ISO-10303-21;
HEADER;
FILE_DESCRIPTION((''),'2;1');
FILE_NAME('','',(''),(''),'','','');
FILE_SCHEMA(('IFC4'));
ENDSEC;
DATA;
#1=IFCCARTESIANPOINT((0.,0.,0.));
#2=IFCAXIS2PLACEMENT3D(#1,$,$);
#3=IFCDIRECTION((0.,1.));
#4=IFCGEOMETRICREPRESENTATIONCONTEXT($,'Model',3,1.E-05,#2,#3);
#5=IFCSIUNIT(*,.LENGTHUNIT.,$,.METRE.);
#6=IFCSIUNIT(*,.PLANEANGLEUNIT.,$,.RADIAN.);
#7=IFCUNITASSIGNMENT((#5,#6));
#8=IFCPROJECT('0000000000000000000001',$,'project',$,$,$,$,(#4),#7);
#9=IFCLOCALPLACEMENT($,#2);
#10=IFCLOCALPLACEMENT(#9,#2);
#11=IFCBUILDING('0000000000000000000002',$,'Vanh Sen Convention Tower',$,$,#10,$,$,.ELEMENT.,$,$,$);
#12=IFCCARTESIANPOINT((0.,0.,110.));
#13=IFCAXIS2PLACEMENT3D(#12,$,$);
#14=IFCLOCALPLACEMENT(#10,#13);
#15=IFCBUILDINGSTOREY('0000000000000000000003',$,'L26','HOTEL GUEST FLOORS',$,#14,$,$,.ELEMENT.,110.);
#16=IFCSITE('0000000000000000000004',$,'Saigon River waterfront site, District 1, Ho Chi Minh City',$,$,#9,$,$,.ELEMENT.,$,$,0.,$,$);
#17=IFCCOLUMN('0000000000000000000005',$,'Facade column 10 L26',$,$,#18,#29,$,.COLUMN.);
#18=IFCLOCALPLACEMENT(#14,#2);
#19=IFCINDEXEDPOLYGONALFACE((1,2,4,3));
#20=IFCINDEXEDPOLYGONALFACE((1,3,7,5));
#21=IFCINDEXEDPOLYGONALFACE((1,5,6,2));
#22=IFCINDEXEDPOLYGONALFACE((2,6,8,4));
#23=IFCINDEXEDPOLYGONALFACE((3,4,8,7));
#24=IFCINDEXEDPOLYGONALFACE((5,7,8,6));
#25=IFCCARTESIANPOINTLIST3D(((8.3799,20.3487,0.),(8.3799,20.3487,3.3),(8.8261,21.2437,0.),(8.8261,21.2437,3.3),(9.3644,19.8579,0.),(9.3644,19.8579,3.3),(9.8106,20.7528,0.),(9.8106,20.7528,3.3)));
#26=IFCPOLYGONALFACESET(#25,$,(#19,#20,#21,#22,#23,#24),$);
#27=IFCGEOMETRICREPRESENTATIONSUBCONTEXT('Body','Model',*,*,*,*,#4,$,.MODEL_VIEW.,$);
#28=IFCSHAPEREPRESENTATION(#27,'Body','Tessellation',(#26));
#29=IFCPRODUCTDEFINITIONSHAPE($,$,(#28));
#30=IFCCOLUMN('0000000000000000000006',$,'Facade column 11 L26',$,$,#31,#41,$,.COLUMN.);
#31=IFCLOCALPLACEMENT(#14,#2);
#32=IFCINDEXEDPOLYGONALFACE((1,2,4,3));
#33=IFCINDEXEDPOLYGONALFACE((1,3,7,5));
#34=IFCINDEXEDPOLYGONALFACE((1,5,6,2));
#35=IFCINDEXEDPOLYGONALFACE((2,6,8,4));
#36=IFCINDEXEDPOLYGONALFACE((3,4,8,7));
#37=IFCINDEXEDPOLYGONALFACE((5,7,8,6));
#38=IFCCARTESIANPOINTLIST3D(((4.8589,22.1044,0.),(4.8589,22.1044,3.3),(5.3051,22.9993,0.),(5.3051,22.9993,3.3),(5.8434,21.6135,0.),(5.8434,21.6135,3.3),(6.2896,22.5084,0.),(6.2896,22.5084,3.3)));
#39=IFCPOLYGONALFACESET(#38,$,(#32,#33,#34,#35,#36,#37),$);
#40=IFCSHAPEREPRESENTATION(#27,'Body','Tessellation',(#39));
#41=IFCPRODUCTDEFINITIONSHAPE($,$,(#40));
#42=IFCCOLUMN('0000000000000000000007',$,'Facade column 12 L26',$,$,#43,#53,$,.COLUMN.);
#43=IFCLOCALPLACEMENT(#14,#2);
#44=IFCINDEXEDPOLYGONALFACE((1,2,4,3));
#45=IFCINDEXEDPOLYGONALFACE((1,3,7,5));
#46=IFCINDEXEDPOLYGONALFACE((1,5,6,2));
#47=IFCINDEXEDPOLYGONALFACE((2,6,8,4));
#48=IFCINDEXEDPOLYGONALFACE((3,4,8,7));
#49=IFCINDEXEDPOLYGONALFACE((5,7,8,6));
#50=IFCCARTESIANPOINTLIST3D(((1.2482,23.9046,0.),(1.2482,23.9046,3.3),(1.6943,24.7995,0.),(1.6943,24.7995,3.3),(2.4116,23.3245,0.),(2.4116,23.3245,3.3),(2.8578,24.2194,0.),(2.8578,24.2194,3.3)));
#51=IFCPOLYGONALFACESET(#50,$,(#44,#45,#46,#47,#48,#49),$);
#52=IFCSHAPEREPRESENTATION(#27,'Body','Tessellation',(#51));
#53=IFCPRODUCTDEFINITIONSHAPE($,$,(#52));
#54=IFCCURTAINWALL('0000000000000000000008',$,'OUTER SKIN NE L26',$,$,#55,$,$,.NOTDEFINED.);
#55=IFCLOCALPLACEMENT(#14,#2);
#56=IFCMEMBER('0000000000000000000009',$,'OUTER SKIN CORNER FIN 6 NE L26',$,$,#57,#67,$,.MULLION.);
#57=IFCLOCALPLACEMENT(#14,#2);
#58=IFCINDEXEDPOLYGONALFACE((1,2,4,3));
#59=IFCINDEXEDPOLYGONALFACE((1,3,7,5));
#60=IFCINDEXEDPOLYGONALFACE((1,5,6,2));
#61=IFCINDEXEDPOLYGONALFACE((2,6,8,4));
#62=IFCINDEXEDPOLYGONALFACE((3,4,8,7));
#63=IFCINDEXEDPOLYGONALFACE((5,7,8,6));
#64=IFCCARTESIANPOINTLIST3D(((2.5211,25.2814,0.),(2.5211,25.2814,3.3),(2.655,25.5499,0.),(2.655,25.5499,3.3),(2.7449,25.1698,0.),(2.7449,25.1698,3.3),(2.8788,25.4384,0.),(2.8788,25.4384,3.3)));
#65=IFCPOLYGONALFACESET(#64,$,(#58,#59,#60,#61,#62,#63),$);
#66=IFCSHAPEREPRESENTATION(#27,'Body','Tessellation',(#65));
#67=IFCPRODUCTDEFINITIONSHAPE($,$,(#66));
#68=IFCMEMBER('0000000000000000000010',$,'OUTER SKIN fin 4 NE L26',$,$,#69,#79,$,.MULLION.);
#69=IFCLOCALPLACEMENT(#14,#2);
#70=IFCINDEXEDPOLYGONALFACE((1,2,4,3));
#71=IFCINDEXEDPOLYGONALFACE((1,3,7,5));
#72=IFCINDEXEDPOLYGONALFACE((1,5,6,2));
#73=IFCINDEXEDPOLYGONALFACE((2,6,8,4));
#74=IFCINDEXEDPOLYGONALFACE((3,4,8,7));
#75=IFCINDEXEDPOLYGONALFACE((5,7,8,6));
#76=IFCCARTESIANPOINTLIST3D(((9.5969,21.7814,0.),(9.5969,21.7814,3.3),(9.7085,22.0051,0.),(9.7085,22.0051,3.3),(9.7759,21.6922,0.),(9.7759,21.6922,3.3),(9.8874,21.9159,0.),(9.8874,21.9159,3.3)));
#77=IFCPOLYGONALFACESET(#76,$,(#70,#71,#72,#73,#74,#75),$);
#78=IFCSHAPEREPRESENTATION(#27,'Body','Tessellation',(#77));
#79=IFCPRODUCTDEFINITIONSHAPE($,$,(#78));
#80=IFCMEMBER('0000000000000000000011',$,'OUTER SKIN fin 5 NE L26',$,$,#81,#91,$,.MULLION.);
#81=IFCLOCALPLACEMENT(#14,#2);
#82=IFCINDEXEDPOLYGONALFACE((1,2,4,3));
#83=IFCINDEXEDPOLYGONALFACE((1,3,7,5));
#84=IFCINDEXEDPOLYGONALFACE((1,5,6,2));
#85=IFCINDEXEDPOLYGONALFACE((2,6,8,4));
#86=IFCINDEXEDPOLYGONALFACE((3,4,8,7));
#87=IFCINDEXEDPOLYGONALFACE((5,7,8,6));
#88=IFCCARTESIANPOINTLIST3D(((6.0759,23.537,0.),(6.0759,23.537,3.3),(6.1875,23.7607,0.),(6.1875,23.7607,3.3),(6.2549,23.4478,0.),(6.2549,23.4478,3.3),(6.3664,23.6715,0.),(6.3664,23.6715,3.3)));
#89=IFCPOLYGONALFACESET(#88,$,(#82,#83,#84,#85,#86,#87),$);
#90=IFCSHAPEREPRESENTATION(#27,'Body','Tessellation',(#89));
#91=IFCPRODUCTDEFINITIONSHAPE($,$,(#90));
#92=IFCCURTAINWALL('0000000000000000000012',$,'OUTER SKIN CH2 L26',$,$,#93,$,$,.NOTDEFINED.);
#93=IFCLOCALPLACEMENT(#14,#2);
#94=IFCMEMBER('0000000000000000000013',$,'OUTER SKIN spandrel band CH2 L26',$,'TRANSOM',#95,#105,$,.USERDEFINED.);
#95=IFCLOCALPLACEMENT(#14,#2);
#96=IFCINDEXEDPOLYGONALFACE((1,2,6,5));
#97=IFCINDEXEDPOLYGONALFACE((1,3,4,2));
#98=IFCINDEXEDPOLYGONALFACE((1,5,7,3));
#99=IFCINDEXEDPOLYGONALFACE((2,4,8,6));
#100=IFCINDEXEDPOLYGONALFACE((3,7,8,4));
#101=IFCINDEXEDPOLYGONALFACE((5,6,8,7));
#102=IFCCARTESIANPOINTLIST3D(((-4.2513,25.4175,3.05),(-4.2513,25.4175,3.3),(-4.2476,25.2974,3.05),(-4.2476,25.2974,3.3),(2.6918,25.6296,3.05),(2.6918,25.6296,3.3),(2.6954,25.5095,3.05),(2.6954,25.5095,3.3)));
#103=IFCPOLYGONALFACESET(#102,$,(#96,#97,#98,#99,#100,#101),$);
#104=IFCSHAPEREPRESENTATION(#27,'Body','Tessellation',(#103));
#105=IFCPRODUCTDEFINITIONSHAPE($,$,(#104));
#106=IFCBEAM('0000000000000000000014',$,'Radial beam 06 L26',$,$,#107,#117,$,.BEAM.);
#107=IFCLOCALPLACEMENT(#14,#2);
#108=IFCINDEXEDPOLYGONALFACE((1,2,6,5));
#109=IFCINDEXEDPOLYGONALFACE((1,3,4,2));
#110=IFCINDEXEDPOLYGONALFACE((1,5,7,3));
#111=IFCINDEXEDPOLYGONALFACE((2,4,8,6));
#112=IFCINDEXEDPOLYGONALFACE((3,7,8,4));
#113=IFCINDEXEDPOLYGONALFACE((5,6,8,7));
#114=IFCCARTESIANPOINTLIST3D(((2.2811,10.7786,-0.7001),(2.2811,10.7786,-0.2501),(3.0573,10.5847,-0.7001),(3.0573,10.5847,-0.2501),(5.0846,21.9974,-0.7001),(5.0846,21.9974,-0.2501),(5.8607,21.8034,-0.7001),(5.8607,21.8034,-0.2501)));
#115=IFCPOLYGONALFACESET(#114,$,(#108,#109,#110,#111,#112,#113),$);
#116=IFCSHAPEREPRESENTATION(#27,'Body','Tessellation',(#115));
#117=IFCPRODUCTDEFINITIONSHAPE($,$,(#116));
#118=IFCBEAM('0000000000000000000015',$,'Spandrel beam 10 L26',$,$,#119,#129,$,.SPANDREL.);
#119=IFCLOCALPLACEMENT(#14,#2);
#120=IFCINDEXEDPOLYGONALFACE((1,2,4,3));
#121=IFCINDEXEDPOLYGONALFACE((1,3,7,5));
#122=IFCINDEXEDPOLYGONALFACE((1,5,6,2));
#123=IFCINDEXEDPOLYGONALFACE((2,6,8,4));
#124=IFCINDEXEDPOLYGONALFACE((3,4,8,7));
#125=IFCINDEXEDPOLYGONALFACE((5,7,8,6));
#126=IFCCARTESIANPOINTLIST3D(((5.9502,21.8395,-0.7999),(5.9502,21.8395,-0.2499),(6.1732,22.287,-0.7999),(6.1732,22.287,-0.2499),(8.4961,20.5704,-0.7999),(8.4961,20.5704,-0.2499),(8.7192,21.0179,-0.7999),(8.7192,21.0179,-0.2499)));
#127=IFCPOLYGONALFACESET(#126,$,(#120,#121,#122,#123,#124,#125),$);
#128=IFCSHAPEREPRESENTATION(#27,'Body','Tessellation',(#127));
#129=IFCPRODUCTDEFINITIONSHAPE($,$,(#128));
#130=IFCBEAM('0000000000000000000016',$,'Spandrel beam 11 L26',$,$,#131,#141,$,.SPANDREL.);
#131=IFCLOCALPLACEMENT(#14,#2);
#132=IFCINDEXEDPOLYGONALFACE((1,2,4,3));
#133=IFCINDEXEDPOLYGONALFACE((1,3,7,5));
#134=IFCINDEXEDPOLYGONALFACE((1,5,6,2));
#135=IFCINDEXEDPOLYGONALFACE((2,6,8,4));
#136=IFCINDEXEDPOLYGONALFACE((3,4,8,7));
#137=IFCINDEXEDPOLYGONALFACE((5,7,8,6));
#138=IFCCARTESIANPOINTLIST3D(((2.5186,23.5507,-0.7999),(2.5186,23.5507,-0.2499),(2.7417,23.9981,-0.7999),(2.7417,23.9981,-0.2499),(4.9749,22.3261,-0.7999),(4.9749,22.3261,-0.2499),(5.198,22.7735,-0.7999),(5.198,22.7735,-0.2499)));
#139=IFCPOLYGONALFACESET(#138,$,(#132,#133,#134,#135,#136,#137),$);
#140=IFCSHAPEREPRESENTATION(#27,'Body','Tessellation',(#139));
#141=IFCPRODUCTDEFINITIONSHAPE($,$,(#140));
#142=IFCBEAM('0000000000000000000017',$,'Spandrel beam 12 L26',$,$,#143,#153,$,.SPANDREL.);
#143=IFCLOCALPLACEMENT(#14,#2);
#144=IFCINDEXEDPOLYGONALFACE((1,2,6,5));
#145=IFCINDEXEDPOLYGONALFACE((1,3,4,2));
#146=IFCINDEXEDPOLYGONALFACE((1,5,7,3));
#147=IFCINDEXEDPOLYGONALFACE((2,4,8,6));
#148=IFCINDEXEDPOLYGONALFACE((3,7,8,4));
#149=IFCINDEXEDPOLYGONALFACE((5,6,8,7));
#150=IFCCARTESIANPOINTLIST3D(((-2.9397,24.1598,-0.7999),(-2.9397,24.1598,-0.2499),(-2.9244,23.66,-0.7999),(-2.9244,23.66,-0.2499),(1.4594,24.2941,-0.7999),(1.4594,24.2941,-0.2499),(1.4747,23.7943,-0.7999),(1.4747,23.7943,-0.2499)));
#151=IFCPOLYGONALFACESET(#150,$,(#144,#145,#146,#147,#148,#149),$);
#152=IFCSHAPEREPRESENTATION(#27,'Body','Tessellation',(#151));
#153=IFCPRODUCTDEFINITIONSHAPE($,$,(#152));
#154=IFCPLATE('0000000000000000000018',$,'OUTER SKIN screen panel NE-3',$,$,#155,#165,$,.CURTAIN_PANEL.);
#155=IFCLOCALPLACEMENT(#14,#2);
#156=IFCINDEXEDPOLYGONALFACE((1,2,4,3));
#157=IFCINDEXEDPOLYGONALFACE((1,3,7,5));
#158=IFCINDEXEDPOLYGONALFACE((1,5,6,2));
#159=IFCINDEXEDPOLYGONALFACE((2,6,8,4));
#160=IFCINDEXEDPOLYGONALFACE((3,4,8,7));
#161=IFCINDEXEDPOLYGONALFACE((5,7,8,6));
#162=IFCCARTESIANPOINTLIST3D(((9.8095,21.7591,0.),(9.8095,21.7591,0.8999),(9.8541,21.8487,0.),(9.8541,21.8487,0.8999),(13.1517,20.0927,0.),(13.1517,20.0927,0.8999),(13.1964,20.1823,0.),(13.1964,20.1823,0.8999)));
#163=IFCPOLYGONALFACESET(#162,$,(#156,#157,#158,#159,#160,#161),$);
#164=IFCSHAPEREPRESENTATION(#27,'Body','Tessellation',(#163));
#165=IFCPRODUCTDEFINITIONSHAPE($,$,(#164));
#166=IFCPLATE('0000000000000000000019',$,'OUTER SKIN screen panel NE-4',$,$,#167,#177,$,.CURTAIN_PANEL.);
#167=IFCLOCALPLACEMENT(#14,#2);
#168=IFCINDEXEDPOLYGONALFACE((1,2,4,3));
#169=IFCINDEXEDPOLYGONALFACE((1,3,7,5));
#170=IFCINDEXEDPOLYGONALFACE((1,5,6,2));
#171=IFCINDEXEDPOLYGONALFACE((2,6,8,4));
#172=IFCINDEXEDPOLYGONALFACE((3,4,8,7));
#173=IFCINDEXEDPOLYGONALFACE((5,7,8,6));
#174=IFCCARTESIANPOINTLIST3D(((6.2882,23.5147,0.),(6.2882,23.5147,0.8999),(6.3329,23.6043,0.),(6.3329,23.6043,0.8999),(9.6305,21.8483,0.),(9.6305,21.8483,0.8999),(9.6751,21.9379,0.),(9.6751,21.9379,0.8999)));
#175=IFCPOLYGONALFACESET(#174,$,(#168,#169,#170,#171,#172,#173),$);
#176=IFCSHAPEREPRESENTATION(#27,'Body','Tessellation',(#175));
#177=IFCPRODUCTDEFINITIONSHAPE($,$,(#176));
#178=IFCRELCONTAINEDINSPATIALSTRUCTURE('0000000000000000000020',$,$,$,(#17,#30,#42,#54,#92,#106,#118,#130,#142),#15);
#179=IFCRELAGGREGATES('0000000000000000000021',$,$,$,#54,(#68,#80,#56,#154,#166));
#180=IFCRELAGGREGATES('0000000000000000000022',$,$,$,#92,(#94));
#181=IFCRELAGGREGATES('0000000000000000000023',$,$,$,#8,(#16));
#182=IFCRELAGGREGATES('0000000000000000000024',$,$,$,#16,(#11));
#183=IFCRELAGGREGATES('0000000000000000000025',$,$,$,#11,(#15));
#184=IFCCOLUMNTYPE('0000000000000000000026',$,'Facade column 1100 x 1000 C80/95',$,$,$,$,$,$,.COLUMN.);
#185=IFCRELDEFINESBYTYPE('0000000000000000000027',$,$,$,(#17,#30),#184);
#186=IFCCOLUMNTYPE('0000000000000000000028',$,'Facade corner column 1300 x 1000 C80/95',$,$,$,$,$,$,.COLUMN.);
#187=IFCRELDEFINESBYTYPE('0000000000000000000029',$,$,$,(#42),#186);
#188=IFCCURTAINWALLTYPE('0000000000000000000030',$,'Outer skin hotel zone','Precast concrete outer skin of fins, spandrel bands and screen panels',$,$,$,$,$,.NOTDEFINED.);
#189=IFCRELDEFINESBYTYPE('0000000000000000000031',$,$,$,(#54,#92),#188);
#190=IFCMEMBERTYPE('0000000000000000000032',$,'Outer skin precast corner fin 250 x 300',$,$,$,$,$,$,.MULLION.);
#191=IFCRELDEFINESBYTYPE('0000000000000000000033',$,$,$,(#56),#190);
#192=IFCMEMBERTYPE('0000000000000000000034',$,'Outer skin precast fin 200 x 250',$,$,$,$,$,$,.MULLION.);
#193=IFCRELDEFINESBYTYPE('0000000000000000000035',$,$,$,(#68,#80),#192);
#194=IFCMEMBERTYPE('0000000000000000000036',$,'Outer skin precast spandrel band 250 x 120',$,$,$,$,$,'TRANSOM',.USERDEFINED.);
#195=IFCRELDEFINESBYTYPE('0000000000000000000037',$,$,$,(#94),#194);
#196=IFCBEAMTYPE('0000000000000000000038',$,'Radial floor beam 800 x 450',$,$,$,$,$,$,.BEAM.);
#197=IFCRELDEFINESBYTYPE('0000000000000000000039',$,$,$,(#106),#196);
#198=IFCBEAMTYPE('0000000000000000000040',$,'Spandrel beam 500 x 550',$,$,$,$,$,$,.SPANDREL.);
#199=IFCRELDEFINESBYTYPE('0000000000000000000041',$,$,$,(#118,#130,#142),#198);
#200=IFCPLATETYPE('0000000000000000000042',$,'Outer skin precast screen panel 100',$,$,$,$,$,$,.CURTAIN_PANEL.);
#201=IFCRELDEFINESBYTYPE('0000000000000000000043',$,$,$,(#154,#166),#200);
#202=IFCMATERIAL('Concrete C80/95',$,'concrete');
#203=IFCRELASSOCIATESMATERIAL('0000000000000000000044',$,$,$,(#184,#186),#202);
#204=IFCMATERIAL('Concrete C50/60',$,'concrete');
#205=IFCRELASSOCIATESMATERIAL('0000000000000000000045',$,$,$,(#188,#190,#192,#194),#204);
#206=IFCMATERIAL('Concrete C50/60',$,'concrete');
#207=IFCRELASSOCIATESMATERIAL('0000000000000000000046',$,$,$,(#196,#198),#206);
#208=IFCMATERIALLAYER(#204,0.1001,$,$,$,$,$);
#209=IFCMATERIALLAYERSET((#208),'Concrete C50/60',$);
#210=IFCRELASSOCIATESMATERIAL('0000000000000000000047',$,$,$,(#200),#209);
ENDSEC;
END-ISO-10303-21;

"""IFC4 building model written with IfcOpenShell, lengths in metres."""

from ifc_helpers import new_model, si_unit, direction, frame, origin, origin_2d, place, context, subcontext, project, spatial, rectangle, extrude, material, layer, layer_set, material_profile, profile_set, type_object, element, aggregate, save


model = new_model("IFC4")

# Units and contexts
model_context = context("Model", 3, precision=1e-05, world=origin(), true_north=direction((0.0, 1.0)))
body_context = subcontext(model_context, "Body", "Model", "MODEL_VIEW")
ifc_project = project(units=[si_unit("LENGTHUNIT", "METRE"), si_unit("PLANEANGLEUNIT", "RADIAN")], contexts=[model_context])

# Site, building, storey
site_placement = place(None, origin())
site = spatial("IfcSite", under=ifc_project, at=site_placement, Name="Saigon River waterfront site, District 1, Ho Chi Minh City", CompositionType="ELEMENT", RefElevation=0.0)
building_placement = place(site_placement, origin())
building = spatial("IfcBuilding", under=site, at=building_placement, Name="Vanh Sen Convention Tower", CompositionType="ELEMENT")
storey_placement = place(building_placement, frame((0.0, 0.0, 110.0)))
storey = spatial("IfcBuildingStorey", under=building, at=storey_placement, Name="L26", Description="HOTEL GUEST FLOORS", CompositionType="ELEMENT", Elevation=110.0)

# Columns
ifc_material_1 = material(Name="Concrete C80/95", Category="concrete")
ifc_material_profile_1 = material_profile(ifc_material_1, rectangle(XDim=1.1001, YDim=1.0, at=origin_2d()), Name="RC 1100X1000")
ifc_profile_set_1 = profile_set([ifc_material_profile_1], Name="Concrete C80/95")
column_type_1 = type_object("IfcColumnType", Name="Facade column 1100 x 1000 C80/95", PredefinedType="COLUMN", material=ifc_profile_set_1)
for number, where, z_axis, x_axis, name in (
    (1, (9.0952, 20.5508, 0.0), (0.0, 0.0, 1.0), (-0.894934, 0.446198, 0.0), "Facade column 10 L26"),
    (2, (5.5742, 22.3064, 0.0), (0.0, 0.0, 1.0), (-0.894934, 0.446198, 0.0), "Facade column 11 L26"),
):
    element("IfcColumn", number, at=place(storey_placement, frame(where, z_axis=z_axis, x_axis=x_axis)), inside=storey, type_object=column_type_1, Name=name, PredefinedType="COLUMN", context=body_context, shape_type="SweptSolid", body=[
        extrude(rectangle(XDim=1.1001, YDim=1.0, at=origin_2d()), origin(), (0.0, 0.0, 1.0), 3.3),
    ])
ifc_material_profile_2 = material_profile(ifc_material_1, rectangle(XDim=1.3, YDim=1.0, at=origin_2d()), Name="RC 1300X1000")
ifc_profile_set_2 = profile_set([ifc_material_profile_2], Name="Concrete C80/95")
column_type_2 = type_object("IfcColumnType", Name="Facade corner column 1300 x 1000 C80/95", PredefinedType="COLUMN", material=ifc_profile_set_2)
column_placement = place(storey_placement, frame((2.053, 24.062, 0.0), z_axis=(0.0, 0.0, 1.0), x_axis=(-0.894934, 0.446198, 0.0)))
element("IfcColumn", 3, at=column_placement, inside=storey, type_object=column_type_2, Name="Facade column 12 L26", PredefinedType="COLUMN", context=body_context, shape_type="SweptSolid", body=[
    extrude(rectangle(XDim=1.3, YDim=1.0, at=origin_2d()), origin(), (0.0, 0.0, 1.0), 3.3),
])

# Curtain wall, members
ifc_material_2 = material(Name="Concrete C50/60", Category="concrete")
curtain_wall_type = type_object("IfcCurtainWallType", Name="Outer skin hotel zone", Description="Precast concrete outer skin of fins, spandrel bands and screen panels", PredefinedType="NOTDEFINED", material=ifc_material_2)
curtain_wall_1_placement = place(storey_placement, origin())
curtain_wall_1 = element("IfcCurtainWall", 4, at=curtain_wall_1_placement, inside=storey, type_object=curtain_wall_type, Name="OUTER SKIN NE L26", PredefinedType="NOTDEFINED")
ifc_material_profile_3 = material_profile(ifc_material_2, rectangle(XDim=0.25, YDim=0.3, at=origin_2d()), Name="Outer skin precast corner fin 250 x 300")
ifc_profile_set_3 = profile_set([ifc_material_profile_3], Name="Concrete C50/60")
member_type_1 = type_object("IfcMemberType", Name="Outer skin precast corner fin 250 x 300", PredefinedType="MULLION", material=ifc_profile_set_3)
member_1_placement = place(storey_placement, frame((2.7, 25.3599, 0.0), z_axis=(0.0, 0.0, 1.0), x_axis=(-0.894934, 0.446198, 0.0)))
member_1 = element("IfcMember", 5, at=member_1_placement, type_object=member_type_1, Name="OUTER SKIN CORNER FIN 6 NE L26", PredefinedType="MULLION", context=body_context, shape_type="SweptSolid", body=[
    extrude(rectangle(XDim=0.25, YDim=0.3, at=origin_2d()), origin(), (0.0, 0.0, 1.0), 3.3),
])
ifc_material_profile_4 = material_profile(ifc_material_2, rectangle(XDim=0.2, YDim=0.25, at=origin_2d()), Name="Outer skin precast fin 200 x 250")
ifc_profile_set_4 = profile_set([ifc_material_profile_4], Name="Concrete C50/60")
member_type_2 = type_object("IfcMemberType", Name="Outer skin precast fin 200 x 250", PredefinedType="MULLION", material=ifc_profile_set_4)
member_2_placement = place(storey_placement, frame((9.7422, 21.8486, 0.0), z_axis=(0.0, 0.0, 1.0), x_axis=(-0.894934, 0.446198, 0.0)))
member_2 = element("IfcMember", 6, at=member_2_placement, type_object=member_type_2, Name="OUTER SKIN fin 4 NE L26", PredefinedType="MULLION", context=body_context, shape_type="SweptSolid", body=[
    extrude(rectangle(XDim=0.2, YDim=0.25, at=origin_2d()), origin(), (0.0, 0.0, 1.0), 3.3),
])
member_3_placement = place(storey_placement, frame((6.2212, 23.6042, 0.0), z_axis=(0.0, 0.0, 1.0), x_axis=(-0.894934, 0.446198, 0.0)))
member_3 = element("IfcMember", 7, at=member_3_placement, type_object=member_type_2, Name="OUTER SKIN fin 5 NE L26", PredefinedType="MULLION", context=body_context, shape_type="SweptSolid", body=[
    extrude(rectangle(XDim=0.2, YDim=0.25, at=origin_2d()), origin(), (0.0, 0.0, 1.0), 3.3),
])

# Curtain wall, member
curtain_wall_2_placement = place(storey_placement, origin())
curtain_wall_2 = element("IfcCurtainWall", 8, at=curtain_wall_2_placement, inside=storey, type_object=curtain_wall_type, Name="OUTER SKIN CH2 L26", PredefinedType="NOTDEFINED")
ifc_material_profile_5 = material_profile(ifc_material_2, rectangle(XDim=0.1201, YDim=0.25, at=origin_2d()), Name="Outer skin precast spandrel band 250 x 120")
ifc_profile_set_5 = profile_set([ifc_material_profile_5], Name="Concrete C50/60")
member_type_3 = type_object("IfcMemberType", Name="Outer skin precast spandrel band 250 x 120", ElementType="TRANSOM", PredefinedType="USERDEFINED", material=ifc_profile_set_5)
member_4_placement = place(storey_placement, frame((2.6936, 25.5696, 3.175), z_axis=(-0.999533, -0.030542, 0.0), x_axis=(0.030542, -0.999533, 0.0)))
member_4 = element("IfcMember", 9, at=member_4_placement, type_object=member_type_3, Name="OUTER SKIN spandrel band CH2 L26", ObjectType="TRANSOM", PredefinedType="USERDEFINED", context=body_context, shape_type="SweptSolid", body=[
    extrude(rectangle(XDim=0.1201, YDim=0.25, at=origin_2d()), origin(), (0.0, 0.0, 1.0), 6.9463),
])

# Beams
ifc_material_3 = material(Name="Concrete C50/60", Category="concrete")
ifc_material_profile_6 = material_profile(ifc_material_3, rectangle(XDim=0.8, YDim=0.45, at=origin_2d()), Name="RC 800X450")
ifc_profile_set_6 = profile_set([ifc_material_profile_6], Name="Concrete C50/60")
beam_type_1 = type_object("IfcBeamType", Name="Radial floor beam 800 x 450", PredefinedType="BEAM", material=ifc_profile_set_6)
beam_1_placement = place(storey_placement, frame((5.4727, 21.9004, -0.4751), z_axis=(-0.242436, -0.970167, 0.0), x_axis=(0.970167, -0.242436, 0.0)))
element("IfcBeam", 10, at=beam_1_placement, inside=storey, type_object=beam_type_1, Name="Radial beam 06 L26", PredefinedType="BEAM", context=body_context, shape_type="SweptSolid", body=[
    extrude(rectangle(XDim=0.8, YDim=0.45, at=origin_2d()), origin(), (0.0, 0.0, 1.0), 11.5637),
])
ifc_material_profile_7 = material_profile(ifc_material_3, rectangle(XDim=0.5, YDim=0.55, at=origin_2d()), Name="RC 500X550")
ifc_profile_set_7 = profile_set([ifc_material_profile_7], Name="Concrete C50/60")
beam_type_2 = type_object("IfcBeamType", Name="Spandrel beam 500 x 550", PredefinedType="SPANDREL", material=ifc_profile_set_7)
beam_2_placement = place(storey_placement, frame((8.6077, 20.7942, -0.5249), z_axis=(-0.894976, 0.446115, 0.0), x_axis=(-0.446115, -0.894976, 0.0)))
element("IfcBeam", 11, at=beam_2_placement, inside=storey, type_object=beam_type_2, Name="Spandrel beam 10 L26", PredefinedType="SPANDREL", context=body_context, shape_type="SweptSolid", body=[
    extrude(rectangle(XDim=0.5, YDim=0.55, at=origin_2d()), origin(), (0.0, 0.0, 1.0), 2.8447),
])
beam_3_placement = place(storey_placement, frame((5.0864, 22.5498, -0.5249), z_axis=(-0.894943, 0.446181, 0.0), x_axis=(-0.446181, -0.894943, 0.0)))
element("IfcBeam", 12, at=beam_3_placement, inside=storey, type_object=beam_type_2, Name="Spandrel beam 11 L26", PredefinedType="SPANDREL", context=body_context, shape_type="SweptSolid", body=[
    extrude(rectangle(XDim=0.5, YDim=0.55, at=origin_2d()), origin(), (0.0, 0.0, 1.0), 2.7446),
])
beam_4_placement = place(storey_placement, frame((1.467, 24.0442, -0.5249), z_axis=(-0.999534, -0.030509, 0.0), x_axis=(0.030509, -0.999534, 0.0)))
element("IfcBeam", 13, at=beam_4_placement, inside=storey, type_object=beam_type_2, Name="Spandrel beam 12 L26", PredefinedType="SPANDREL", context=body_context, shape_type="SweptSolid", body=[
    extrude(rectangle(XDim=0.5, YDim=0.55, at=origin_2d()), origin(), (0.0, 0.0, 1.0), 4.4011),
])

# Plates
ifc_layer_1 = layer(ifc_material_2, 0.1001)
ifc_layer_set_1 = layer_set([ifc_layer_1], Name="Concrete C50/60")
plate_type = type_object("IfcPlateType", Name="Outer skin precast screen panel 100", PredefinedType="CURTAIN_PANEL", material=ifc_layer_set_1)
plate_1_placement = place(storey_placement, frame((11.5029, 20.9707, 0.0), z_axis=(0.0, 0.0, 1.0), x_axis=(-0.894935, 0.446196, 0.0)))
plate_1 = element("IfcPlate", 14, at=plate_1_placement, type_object=plate_type, Name="OUTER SKIN screen panel NE-3", PredefinedType="CURTAIN_PANEL", context=body_context, shape_type="SweptSolid", body=[
    extrude(rectangle(XDim=3.7346, YDim=0.1001, at=origin_2d()), origin(), (0.0, 0.0, 1.0), 0.8999),
])
plate_2_placement = place(storey_placement, frame((7.9817, 22.7263, 0.0), z_axis=(0.0, 0.0, 1.0), x_axis=(-0.894935, 0.446196, 0.0)))
plate_2 = element("IfcPlate", 15, at=plate_2_placement, type_object=plate_type, Name="OUTER SKIN screen panel NE-4", PredefinedType="CURTAIN_PANEL", context=body_context, shape_type="SweptSolid", body=[
    extrude(rectangle(XDim=3.7346, YDim=0.1001, at=origin_2d()), origin(), (0.0, 0.0, 1.0), 0.8999),
])
aggregate(curtain_wall_1, [member_2, member_3, member_1, plate_1, plate_2])
aggregate(curtain_wall_2, [member_4])

save(model, "model.ifc")
